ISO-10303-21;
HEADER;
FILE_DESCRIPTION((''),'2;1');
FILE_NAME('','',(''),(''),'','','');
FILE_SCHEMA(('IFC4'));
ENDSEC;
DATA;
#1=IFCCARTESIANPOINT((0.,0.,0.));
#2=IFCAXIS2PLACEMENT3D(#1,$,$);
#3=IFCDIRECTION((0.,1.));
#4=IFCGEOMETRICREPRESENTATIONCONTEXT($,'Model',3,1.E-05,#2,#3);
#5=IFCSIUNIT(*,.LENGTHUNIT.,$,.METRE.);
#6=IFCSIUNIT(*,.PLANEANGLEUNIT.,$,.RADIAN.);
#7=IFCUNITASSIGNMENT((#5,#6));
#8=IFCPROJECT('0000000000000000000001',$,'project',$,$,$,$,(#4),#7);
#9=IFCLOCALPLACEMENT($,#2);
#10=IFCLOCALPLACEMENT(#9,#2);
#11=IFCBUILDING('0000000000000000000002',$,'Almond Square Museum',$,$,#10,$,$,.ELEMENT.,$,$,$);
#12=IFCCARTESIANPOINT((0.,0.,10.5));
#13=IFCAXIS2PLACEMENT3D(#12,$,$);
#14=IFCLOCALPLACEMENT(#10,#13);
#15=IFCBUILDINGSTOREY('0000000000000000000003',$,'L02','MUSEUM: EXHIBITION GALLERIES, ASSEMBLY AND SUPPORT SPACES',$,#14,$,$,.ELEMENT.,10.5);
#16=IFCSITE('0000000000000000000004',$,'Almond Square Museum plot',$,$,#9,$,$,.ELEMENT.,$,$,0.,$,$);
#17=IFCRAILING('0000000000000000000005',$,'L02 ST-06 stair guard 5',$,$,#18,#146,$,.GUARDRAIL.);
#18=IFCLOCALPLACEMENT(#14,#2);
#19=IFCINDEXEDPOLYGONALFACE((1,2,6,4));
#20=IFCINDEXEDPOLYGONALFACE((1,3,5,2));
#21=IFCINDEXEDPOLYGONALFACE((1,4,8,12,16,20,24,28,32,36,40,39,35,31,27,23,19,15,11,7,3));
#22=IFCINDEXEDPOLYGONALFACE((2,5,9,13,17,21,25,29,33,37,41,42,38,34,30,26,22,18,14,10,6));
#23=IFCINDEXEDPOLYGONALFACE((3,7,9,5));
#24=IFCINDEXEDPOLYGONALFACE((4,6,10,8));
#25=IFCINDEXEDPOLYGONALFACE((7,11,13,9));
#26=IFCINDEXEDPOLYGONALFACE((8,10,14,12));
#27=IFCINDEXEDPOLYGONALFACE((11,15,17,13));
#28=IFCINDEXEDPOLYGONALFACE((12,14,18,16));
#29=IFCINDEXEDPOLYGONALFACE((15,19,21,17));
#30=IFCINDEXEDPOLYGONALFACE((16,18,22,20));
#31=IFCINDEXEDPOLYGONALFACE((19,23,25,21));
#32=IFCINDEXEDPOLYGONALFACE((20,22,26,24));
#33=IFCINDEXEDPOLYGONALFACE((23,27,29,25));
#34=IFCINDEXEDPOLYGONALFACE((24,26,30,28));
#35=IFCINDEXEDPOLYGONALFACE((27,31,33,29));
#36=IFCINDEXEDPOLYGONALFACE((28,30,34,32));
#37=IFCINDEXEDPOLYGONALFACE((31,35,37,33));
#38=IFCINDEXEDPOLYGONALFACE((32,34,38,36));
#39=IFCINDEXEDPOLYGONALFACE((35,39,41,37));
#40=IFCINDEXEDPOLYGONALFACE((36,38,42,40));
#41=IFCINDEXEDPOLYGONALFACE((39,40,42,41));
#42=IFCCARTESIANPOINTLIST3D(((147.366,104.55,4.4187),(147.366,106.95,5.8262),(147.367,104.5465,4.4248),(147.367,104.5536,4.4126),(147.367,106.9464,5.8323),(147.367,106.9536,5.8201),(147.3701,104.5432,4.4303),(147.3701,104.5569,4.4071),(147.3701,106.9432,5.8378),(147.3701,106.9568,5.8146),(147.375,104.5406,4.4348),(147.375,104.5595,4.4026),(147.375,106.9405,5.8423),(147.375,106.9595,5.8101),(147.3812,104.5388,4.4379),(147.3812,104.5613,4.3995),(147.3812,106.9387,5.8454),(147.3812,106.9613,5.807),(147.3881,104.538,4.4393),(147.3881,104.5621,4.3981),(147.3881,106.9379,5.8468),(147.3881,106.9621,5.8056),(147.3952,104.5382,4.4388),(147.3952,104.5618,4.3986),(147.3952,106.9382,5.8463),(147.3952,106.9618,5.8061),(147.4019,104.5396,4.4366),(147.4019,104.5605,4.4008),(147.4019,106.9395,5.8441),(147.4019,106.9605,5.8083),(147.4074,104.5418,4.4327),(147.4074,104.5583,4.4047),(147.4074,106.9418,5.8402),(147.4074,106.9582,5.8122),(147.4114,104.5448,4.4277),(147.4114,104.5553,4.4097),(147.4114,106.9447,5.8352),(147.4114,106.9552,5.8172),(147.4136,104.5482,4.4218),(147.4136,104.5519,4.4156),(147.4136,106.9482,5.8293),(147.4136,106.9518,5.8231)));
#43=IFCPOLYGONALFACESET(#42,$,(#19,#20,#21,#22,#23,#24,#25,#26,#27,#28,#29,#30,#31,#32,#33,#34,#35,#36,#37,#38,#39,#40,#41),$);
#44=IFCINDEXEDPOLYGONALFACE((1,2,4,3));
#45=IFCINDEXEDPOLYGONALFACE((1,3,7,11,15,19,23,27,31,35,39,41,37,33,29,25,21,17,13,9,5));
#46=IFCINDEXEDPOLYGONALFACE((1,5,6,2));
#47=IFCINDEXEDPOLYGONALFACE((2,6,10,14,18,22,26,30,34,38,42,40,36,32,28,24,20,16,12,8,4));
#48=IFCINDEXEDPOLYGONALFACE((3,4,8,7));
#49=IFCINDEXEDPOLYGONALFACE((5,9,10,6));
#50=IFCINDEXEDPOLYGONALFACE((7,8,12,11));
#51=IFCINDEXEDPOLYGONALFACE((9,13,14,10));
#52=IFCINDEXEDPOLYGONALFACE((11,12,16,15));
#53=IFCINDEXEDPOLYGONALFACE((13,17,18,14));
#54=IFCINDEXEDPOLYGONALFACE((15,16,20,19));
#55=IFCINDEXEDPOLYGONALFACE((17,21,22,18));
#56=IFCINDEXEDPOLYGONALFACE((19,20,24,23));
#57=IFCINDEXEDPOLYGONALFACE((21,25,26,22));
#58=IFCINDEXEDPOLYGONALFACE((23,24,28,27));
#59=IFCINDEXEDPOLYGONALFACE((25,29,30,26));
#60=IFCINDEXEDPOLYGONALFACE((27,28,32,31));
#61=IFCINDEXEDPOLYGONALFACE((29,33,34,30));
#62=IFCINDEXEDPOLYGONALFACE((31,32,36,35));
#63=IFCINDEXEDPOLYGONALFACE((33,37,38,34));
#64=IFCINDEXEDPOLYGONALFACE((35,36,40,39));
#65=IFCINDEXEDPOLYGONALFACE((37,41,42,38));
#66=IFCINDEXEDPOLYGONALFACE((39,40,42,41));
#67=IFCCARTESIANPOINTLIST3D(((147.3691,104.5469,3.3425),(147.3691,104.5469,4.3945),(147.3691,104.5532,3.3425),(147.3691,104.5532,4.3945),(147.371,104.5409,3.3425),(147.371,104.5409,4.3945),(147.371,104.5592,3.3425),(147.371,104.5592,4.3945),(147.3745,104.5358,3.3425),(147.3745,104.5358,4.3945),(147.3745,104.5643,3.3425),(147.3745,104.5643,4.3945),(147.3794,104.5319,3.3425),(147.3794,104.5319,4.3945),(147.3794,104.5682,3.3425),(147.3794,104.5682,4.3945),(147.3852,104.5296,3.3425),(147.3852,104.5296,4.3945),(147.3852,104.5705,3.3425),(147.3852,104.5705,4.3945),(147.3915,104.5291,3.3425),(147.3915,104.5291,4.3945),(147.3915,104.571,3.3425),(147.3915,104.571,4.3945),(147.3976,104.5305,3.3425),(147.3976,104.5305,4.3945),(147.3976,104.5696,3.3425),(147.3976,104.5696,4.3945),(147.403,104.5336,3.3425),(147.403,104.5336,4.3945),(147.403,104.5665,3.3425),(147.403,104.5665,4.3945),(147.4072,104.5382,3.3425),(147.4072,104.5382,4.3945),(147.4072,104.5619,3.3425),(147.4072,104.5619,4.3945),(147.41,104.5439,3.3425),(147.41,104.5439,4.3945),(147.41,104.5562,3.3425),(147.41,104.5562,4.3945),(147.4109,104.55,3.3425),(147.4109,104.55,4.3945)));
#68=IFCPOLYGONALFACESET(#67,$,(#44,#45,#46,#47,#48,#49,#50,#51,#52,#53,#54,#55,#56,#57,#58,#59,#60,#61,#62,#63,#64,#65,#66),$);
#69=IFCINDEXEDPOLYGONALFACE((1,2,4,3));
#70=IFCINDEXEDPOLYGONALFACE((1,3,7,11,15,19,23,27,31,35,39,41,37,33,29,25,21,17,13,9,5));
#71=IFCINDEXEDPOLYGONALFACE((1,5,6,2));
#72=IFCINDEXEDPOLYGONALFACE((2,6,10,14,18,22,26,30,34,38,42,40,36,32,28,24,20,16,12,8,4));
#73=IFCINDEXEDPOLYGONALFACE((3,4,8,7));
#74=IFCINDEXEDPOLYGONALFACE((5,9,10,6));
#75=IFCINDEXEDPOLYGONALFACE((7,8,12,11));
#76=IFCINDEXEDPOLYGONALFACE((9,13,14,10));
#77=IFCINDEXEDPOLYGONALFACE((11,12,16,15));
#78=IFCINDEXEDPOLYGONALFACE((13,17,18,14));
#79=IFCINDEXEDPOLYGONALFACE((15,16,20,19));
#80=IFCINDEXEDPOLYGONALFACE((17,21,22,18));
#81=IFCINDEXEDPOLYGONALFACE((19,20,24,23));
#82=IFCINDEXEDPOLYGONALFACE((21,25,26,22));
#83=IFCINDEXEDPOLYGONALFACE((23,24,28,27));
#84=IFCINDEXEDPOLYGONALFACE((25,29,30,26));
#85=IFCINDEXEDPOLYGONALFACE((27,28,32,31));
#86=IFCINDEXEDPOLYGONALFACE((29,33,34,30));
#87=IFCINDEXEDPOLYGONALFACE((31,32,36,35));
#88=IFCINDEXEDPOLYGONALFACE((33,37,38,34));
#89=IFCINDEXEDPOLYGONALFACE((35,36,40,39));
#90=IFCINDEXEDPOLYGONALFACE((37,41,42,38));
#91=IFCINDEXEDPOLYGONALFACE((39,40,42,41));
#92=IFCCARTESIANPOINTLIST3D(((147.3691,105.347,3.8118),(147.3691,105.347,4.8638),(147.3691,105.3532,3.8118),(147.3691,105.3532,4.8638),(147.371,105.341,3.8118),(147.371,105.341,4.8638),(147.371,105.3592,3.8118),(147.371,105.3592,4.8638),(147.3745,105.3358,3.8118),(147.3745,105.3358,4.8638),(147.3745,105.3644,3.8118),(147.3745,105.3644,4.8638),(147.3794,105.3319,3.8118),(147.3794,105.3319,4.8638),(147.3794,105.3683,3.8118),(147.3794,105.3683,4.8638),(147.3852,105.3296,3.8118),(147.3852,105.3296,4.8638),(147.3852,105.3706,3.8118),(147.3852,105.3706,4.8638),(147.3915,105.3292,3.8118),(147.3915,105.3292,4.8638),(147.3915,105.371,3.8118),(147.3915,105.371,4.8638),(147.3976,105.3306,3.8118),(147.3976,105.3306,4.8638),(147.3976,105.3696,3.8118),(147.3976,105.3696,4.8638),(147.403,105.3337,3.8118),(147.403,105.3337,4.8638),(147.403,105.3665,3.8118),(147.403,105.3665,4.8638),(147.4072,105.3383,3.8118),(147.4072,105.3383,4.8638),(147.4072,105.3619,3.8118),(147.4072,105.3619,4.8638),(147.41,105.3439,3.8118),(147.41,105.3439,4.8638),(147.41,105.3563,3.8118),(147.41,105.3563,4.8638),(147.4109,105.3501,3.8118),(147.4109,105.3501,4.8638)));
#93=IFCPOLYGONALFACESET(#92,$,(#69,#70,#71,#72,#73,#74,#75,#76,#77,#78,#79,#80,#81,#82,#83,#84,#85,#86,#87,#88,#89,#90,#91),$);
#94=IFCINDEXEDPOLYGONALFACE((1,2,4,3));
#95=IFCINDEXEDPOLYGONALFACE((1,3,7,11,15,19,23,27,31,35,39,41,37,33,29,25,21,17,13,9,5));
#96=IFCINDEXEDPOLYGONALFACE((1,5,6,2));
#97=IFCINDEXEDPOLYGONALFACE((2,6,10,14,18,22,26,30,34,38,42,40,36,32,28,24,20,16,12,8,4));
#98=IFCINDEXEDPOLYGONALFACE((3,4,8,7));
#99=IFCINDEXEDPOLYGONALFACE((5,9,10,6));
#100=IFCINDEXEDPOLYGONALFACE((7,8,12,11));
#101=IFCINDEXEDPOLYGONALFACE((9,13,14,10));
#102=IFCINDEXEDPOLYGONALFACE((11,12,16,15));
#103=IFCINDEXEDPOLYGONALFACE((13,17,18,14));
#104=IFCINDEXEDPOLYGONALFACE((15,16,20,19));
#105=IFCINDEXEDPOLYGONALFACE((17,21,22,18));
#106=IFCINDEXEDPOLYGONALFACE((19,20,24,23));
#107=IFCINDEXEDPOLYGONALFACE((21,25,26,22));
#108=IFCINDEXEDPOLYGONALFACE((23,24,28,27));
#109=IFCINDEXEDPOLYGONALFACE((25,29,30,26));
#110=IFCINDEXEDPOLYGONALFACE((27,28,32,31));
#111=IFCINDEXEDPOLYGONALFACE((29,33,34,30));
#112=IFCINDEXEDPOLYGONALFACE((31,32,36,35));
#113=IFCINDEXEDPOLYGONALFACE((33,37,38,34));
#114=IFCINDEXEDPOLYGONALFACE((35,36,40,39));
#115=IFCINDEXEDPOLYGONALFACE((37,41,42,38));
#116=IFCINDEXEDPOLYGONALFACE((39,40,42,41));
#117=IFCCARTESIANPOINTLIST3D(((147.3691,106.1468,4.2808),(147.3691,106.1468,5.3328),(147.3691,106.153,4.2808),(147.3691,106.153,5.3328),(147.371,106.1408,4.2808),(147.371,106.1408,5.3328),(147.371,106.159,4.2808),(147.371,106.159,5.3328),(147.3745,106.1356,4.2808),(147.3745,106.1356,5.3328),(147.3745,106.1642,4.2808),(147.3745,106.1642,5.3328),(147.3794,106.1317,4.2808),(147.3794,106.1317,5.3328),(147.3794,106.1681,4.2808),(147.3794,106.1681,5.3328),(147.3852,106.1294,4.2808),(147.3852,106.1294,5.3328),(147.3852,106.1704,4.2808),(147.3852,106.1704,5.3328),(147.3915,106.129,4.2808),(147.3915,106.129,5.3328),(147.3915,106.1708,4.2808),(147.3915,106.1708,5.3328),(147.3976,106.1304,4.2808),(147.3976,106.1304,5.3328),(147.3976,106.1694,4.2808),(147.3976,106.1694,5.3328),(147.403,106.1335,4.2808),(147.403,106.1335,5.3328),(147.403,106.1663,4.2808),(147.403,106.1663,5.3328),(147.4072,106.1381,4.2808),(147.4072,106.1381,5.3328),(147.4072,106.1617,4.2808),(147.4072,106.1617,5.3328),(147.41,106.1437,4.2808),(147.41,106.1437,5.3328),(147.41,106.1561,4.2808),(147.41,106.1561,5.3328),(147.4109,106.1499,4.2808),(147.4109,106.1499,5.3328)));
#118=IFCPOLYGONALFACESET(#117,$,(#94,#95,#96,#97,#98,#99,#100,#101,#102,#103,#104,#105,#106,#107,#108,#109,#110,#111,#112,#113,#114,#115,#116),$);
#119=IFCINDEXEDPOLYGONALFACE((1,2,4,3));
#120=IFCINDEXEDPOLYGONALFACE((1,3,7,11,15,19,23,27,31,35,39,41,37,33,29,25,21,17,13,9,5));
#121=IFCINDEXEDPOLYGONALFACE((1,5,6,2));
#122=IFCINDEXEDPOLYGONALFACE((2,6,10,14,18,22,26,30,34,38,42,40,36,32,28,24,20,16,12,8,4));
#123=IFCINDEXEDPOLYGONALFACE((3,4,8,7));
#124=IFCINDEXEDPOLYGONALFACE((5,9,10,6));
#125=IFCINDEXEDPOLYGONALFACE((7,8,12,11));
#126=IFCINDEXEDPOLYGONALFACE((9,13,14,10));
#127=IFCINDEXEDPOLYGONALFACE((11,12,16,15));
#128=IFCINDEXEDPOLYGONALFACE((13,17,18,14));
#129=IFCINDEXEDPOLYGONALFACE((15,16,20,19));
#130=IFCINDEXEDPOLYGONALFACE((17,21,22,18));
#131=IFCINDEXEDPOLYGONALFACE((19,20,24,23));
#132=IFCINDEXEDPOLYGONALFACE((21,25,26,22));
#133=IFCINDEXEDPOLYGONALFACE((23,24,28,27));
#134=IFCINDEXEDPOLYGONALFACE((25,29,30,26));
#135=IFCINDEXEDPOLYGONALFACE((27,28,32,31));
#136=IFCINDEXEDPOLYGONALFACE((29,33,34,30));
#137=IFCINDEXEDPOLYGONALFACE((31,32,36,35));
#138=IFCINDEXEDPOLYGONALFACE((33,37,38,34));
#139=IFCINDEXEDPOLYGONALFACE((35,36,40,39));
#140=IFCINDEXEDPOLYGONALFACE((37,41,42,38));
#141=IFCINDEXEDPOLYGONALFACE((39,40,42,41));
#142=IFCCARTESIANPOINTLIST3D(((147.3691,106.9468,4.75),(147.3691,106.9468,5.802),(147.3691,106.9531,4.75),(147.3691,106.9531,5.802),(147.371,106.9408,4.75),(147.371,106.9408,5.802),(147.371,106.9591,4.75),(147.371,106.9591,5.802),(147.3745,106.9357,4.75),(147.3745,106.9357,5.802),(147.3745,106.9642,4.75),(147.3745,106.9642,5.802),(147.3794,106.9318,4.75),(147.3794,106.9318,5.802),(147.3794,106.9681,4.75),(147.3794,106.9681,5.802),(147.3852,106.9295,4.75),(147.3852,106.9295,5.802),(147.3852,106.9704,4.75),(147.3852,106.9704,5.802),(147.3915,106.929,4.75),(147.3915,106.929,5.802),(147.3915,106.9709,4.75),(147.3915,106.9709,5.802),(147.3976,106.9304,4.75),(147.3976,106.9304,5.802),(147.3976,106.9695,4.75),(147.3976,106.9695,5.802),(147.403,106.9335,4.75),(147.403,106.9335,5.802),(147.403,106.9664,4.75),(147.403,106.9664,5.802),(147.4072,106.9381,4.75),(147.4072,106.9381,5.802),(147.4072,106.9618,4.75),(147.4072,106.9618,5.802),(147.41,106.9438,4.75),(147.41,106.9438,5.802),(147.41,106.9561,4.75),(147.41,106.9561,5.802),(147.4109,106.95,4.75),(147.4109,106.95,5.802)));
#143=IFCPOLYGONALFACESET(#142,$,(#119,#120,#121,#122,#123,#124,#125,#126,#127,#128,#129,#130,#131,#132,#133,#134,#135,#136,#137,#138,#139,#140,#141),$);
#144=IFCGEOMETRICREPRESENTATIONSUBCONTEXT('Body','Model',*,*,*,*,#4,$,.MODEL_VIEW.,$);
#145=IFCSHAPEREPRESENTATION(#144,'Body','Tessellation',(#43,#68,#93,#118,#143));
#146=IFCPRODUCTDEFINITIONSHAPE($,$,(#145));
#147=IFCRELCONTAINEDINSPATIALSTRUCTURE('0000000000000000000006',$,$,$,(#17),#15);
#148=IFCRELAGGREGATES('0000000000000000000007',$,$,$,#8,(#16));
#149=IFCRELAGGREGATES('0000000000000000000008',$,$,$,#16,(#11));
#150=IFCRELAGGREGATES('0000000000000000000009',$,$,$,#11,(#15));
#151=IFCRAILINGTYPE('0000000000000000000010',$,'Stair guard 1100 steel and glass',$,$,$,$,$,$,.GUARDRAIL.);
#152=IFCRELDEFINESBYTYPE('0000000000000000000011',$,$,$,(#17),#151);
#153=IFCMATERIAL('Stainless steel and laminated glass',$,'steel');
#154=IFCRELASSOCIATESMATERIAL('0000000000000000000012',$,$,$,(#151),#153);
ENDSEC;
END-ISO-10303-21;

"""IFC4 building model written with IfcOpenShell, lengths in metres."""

from ifc_helpers import new_model, si_unit, direction, frame, origin, origin_2d, place, context, subcontext, project, spatial, circle, extrude, material, type_object, element, save


model = new_model("IFC4")

# Units and contexts
model_context = context("Model", 3, precision=1e-05, world=origin(), true_north=direction((0.0, 1.0)))
body_context = subcontext(model_context, "Body", "Model", "MODEL_VIEW")
ifc_project = project(units=[si_unit("LENGTHUNIT", "METRE"), si_unit("PLANEANGLEUNIT", "RADIAN")], contexts=[model_context])

# Site, building, storey
site_placement = place(None, origin())
site = spatial("IfcSite", under=ifc_project, at=site_placement, Name="Almond Square Museum plot", CompositionType="ELEMENT", RefElevation=0.0)
building_placement = place(site_placement, origin())
building = spatial("IfcBuilding", under=site, at=building_placement, Name="Almond Square Museum", CompositionType="ELEMENT")
storey_placement = place(building_placement, frame((0.0, 0.0, 10.5)))
storey = spatial("IfcBuildingStorey", under=building, at=storey_placement, Name="L02", Description="MUSEUM: EXHIBITION GALLERIES, ASSEMBLY AND SUPPORT SPACES", CompositionType="ELEMENT", Elevation=10.5)

# Railing
ifc_material_1 = material(Name="Stainless steel and laminated glass", Category="steel")
railing_type_1 = type_object("IfcRailingType", Name="Stair guard 1100 steel and glass", PredefinedType="GUARDRAIL", material=ifc_material_1)
for number, where, name in (
    (1, (147.3899, 104.55, 3.3425), "L02 ST-06 stair guard 5"),
):
    element("IfcRailing", number, at=place(storey_placement, frame(where)), inside=storey, type_object=railing_type_1, Name=name, PredefinedType="GUARDRAIL", context=body_context, shape_type="SweptSolid", body=[
        extrude(circle(Radius=0.0239, at=origin_2d()), frame((0.0, 0.0, 1.0762), z_axis=(0.0, 0.862599, 0.505888), x_axis=(-1.0, 0.0, 0.0)), (0.0, 0.0, 1.0), 2.7822),
        extrude(circle(Radius=0.021, at=origin_2d()), origin(), (0.0, 0.0, 1.0), 1.052),
        extrude(circle(Radius=0.021, at=origin_2d()), frame((0.0, 0.8, 0.4692)), (0.0, 0.0, 1.0), 1.052),
        extrude(circle(Radius=0.021, at=origin_2d()), frame((0.0, 1.5999, 0.9382)), (0.0, 0.0, 1.0), 1.052),
        extrude(circle(Radius=0.021, at=origin_2d()), frame((0.0, 2.3999, 1.4075)), (0.0, 0.0, 1.0), 1.052),
    ])

save(model, "model.ifc")
